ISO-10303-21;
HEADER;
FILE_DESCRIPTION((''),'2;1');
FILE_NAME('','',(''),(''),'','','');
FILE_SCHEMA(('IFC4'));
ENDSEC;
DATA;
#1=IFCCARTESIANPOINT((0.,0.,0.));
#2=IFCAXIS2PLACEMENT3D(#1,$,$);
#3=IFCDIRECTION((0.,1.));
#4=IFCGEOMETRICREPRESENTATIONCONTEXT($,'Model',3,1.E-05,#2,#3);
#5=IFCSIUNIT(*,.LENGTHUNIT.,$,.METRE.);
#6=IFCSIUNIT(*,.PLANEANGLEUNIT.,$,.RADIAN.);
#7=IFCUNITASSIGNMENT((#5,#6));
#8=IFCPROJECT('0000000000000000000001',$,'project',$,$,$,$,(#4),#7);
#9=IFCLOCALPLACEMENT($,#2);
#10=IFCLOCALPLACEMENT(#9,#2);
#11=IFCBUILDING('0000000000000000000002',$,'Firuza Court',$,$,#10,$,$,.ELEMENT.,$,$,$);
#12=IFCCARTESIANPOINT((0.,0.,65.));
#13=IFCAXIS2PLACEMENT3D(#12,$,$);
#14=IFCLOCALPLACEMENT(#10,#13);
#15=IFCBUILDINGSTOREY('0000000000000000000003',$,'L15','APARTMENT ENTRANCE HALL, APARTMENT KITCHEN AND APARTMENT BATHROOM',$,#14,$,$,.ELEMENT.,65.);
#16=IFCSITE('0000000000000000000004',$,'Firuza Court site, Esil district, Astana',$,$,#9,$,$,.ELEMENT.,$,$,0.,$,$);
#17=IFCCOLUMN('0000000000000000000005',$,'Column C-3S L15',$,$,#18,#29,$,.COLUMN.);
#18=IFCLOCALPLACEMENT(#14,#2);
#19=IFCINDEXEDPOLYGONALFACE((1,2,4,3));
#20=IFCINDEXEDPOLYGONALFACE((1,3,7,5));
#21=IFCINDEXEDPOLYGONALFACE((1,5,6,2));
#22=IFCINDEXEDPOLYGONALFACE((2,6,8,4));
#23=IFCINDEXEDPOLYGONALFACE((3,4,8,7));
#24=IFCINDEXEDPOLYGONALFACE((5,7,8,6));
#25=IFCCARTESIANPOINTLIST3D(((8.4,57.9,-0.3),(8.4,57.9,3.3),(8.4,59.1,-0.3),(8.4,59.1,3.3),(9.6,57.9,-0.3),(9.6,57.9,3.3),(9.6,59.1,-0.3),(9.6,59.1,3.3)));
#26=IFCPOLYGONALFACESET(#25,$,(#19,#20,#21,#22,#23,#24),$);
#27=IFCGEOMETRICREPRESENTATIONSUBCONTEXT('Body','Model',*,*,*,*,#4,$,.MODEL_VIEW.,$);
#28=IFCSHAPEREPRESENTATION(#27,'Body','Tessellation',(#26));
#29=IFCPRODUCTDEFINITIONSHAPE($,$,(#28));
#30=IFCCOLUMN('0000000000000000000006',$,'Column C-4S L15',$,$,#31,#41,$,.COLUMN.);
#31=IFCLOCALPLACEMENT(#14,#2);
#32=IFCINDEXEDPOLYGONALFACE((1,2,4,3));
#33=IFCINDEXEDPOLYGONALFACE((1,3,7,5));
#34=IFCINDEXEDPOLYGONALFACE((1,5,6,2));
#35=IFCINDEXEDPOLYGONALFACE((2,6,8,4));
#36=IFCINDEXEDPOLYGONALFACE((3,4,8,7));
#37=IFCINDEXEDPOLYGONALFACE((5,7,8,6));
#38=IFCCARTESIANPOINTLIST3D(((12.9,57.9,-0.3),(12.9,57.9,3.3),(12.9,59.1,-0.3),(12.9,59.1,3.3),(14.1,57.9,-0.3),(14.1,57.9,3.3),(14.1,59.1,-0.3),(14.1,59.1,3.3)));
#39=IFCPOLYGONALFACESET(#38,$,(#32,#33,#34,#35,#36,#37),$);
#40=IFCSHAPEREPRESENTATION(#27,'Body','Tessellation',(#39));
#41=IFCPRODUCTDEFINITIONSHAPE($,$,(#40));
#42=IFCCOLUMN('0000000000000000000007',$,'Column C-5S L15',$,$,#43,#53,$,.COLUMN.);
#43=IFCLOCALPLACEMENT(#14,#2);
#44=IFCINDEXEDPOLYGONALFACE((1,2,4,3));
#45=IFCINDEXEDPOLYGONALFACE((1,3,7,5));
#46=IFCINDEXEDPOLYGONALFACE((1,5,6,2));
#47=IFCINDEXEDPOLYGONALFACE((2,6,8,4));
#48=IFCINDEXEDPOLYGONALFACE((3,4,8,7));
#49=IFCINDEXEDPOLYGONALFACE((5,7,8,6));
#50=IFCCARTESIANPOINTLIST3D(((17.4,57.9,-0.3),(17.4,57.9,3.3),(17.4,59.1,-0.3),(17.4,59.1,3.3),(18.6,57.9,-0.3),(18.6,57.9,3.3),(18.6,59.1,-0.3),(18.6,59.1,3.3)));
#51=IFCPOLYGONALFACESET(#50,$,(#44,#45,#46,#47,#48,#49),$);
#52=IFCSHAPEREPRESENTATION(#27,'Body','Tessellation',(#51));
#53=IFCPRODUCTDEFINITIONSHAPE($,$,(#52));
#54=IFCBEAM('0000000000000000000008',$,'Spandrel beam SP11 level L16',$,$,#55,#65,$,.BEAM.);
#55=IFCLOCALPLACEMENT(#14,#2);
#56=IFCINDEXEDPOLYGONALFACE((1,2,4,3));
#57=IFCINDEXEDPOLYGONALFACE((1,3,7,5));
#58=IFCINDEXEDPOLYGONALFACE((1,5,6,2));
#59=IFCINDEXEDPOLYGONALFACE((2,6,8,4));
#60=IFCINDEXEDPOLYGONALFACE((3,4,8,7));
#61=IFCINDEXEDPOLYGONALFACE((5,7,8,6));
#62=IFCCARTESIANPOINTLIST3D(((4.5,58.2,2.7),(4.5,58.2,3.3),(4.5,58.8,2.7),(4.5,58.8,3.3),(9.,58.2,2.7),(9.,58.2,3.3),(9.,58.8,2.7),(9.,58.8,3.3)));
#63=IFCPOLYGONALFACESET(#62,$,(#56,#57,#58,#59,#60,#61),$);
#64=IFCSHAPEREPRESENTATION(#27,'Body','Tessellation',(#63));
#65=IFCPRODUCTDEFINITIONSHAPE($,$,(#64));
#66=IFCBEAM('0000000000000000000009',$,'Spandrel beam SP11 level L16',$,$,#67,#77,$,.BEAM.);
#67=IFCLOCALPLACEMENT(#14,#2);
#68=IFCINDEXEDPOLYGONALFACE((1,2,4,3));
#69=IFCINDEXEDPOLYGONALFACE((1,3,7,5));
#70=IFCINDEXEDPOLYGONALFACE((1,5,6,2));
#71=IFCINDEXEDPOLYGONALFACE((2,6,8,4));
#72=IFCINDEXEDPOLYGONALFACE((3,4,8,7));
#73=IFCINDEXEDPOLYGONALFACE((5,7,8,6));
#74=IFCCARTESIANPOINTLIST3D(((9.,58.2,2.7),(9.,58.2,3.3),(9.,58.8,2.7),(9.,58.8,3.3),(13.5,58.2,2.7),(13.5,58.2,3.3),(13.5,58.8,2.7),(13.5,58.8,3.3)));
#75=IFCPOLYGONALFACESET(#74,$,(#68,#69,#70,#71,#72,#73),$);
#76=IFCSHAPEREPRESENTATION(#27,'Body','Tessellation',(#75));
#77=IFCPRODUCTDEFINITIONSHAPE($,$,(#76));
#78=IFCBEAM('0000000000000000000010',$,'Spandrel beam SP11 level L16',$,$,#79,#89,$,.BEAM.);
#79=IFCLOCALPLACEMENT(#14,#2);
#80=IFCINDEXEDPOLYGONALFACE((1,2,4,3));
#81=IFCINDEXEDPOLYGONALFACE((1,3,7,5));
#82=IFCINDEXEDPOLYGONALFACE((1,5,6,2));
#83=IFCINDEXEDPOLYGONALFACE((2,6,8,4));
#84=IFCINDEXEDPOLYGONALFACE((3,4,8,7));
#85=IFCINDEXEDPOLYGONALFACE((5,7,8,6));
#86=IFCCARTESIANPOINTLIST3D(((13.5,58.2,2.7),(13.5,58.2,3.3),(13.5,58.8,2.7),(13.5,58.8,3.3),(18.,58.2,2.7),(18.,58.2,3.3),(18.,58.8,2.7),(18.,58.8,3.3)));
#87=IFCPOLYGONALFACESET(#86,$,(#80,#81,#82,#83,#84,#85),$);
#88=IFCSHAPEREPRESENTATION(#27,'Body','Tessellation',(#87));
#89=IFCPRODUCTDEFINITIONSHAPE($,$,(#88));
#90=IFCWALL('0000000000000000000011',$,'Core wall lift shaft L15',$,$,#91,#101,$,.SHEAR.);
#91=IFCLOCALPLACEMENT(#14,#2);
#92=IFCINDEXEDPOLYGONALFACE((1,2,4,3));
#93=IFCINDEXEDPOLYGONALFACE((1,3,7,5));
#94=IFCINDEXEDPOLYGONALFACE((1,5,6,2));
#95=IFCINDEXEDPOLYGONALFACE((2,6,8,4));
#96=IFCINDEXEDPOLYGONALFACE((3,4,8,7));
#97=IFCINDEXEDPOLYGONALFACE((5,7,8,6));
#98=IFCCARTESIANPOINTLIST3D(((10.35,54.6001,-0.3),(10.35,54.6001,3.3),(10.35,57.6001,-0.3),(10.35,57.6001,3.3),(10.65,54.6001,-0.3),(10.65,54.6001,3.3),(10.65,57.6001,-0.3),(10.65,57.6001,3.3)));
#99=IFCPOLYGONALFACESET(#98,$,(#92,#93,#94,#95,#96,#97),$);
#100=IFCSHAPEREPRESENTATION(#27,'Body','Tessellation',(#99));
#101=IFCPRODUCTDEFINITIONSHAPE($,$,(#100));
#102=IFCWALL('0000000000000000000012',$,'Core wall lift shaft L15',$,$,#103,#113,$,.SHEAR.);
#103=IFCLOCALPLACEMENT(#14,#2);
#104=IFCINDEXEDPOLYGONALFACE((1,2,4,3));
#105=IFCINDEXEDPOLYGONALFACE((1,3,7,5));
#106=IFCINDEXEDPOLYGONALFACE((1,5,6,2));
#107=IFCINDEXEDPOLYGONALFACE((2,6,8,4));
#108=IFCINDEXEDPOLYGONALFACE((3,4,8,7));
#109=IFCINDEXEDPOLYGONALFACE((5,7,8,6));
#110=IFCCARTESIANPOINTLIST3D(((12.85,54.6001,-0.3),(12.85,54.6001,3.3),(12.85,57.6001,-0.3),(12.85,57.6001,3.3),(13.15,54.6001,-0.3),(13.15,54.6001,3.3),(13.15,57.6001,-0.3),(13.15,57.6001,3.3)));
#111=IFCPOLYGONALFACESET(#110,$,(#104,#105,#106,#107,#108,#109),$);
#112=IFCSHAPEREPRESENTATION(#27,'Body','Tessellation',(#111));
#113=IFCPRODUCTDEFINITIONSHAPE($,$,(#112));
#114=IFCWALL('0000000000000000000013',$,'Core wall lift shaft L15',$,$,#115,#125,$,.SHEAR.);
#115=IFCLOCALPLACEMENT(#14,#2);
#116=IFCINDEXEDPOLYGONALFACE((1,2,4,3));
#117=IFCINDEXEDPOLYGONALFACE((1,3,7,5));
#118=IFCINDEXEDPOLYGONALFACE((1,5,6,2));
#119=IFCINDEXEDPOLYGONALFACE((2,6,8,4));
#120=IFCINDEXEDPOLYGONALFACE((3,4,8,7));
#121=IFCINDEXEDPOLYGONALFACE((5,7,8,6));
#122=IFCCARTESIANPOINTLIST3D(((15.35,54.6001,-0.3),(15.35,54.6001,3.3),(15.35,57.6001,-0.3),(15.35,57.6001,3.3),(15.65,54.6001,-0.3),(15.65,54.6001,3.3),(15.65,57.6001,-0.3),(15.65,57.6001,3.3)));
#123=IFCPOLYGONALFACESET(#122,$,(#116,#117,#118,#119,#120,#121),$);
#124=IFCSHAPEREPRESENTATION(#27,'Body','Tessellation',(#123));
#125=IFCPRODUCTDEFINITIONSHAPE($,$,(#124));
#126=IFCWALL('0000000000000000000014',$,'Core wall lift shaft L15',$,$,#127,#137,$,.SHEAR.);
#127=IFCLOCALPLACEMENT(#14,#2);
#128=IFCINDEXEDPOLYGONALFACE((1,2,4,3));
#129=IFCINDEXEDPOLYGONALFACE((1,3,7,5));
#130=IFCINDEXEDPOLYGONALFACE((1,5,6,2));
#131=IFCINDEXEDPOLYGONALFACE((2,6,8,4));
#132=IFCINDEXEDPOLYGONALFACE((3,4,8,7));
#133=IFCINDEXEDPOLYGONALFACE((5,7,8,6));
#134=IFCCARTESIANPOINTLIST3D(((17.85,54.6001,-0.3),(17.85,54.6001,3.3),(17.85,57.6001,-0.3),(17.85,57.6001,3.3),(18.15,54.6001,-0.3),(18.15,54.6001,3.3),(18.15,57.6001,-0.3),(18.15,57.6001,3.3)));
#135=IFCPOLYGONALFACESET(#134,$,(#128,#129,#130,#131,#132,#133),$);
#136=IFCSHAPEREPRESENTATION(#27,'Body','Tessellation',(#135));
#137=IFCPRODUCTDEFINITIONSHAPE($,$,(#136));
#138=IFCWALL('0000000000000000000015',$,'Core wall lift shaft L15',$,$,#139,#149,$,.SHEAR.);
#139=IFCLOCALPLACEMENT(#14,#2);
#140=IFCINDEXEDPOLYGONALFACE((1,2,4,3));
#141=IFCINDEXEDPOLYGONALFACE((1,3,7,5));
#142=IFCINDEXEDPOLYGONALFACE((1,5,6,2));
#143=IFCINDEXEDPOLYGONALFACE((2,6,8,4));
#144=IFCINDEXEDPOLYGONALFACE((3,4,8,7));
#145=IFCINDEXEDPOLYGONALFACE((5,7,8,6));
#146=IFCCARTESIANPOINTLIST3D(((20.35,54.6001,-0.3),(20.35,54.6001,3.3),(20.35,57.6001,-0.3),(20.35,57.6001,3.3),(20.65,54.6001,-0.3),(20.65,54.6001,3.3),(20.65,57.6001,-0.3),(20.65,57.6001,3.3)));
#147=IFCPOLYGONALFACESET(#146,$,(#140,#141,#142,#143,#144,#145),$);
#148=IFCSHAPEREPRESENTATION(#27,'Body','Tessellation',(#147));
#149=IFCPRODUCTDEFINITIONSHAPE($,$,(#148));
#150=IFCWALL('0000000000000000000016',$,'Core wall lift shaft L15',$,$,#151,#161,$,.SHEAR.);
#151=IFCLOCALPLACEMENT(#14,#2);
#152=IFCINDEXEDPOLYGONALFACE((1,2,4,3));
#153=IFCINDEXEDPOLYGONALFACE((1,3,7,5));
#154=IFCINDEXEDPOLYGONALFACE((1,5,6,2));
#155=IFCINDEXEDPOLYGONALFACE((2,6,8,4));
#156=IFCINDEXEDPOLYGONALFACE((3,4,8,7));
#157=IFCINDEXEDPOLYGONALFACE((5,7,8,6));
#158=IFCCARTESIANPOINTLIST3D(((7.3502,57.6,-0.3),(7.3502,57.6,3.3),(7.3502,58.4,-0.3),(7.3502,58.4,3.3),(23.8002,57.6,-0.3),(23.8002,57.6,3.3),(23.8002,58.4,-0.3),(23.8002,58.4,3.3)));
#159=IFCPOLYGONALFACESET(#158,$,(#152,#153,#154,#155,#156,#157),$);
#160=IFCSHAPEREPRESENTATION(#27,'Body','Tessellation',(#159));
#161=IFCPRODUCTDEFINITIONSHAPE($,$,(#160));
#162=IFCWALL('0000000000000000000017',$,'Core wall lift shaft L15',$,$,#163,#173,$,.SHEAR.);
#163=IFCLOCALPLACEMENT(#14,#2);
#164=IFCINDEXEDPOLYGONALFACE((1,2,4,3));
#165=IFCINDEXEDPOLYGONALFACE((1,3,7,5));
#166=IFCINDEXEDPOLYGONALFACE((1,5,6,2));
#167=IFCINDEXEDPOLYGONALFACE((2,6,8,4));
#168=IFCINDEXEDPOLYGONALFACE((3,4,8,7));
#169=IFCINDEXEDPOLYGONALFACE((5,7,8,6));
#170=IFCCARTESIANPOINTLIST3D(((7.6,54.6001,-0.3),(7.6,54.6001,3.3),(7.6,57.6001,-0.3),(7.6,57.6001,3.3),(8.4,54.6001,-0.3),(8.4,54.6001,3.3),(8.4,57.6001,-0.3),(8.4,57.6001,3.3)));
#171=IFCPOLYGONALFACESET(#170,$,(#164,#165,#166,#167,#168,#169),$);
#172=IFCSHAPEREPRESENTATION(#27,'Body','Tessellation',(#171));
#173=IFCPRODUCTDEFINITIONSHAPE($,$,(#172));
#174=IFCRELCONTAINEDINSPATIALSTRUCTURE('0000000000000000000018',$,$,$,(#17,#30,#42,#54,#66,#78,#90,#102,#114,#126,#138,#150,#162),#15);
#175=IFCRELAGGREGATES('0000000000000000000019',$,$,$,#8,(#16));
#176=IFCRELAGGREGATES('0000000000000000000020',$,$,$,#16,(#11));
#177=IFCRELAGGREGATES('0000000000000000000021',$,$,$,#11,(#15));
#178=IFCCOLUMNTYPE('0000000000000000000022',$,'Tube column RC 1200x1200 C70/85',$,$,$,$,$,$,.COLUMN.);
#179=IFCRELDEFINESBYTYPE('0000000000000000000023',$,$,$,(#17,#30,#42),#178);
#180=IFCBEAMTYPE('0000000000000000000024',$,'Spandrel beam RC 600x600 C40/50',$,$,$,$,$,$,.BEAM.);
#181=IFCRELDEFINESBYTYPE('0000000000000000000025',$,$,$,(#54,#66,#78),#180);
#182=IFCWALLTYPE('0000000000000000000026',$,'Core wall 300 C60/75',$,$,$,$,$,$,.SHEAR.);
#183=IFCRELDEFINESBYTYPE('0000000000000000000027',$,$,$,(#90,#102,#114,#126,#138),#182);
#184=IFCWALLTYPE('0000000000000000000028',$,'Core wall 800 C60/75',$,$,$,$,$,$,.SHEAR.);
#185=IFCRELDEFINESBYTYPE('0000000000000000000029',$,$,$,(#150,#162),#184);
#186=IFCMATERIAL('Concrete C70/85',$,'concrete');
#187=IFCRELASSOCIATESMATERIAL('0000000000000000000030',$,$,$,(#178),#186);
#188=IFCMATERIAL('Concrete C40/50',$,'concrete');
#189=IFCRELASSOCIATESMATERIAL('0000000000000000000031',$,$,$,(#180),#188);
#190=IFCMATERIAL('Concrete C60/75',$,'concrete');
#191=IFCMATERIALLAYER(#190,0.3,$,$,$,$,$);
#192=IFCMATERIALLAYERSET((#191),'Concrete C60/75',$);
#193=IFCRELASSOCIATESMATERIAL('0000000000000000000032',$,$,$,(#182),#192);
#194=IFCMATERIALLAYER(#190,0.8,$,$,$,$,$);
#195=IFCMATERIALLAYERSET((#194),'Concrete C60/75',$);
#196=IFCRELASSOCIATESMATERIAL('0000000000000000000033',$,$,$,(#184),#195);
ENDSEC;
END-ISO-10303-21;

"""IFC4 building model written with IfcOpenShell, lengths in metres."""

from ifc_helpers import new_model, si_unit, direction, frame, frame_2d, origin, origin_2d, place, context, subcontext, project, spatial, rectangle, extrude, material, layer, layer_set, material_profile, profile_set, type_object, element, save


model = new_model("IFC4")

# Units and contexts
model_context = context("Model", 3, precision=1e-05, world=origin(), true_north=direction((0.0, 1.0)))
body_context = subcontext(model_context, "Body", "Model", "MODEL_VIEW")
ifc_project = project(units=[si_unit("LENGTHUNIT", "METRE"), si_unit("PLANEANGLEUNIT", "RADIAN")], contexts=[model_context])

# Site, building, storey
site_placement = place(None, origin())
site = spatial("IfcSite", under=ifc_project, at=site_placement, Name="Firuza Court site, Esil district, Astana", CompositionType="ELEMENT", RefElevation=0.0)
building_placement = place(site_placement, origin())
building = spatial("IfcBuilding", under=site, at=building_placement, Name="Firuza Court", CompositionType="ELEMENT")
storey_placement = place(building_placement, frame((0.0, 0.0, 65.0)))
storey = spatial("IfcBuildingStorey", under=building, at=storey_placement, Name="L15", Description="APARTMENT ENTRANCE HALL, APARTMENT KITCHEN AND APARTMENT BATHROOM", CompositionType="ELEMENT", Elevation=65.0)

# Columns
ifc_material_1 = material(Name="Concrete C70/85", Category="concrete")
ifc_material_profile_1 = material_profile(ifc_material_1, rectangle(XDim=1.2, YDim=1.2, at=origin_2d()), Name="RC 1200x1200")
ifc_profile_set_1 = profile_set([ifc_material_profile_1], Name="Concrete C70/85")
column_type = type_object("IfcColumnType", Name="Tube column RC 1200x1200 C70/85", PredefinedType="COLUMN", material=ifc_profile_set_1)
for number, where, z_axis, x_axis, name in (
    (1, (9.0, 58.5, -0.3), (0.0, 0.0, 1.0), (1.0, 0.0, 0.0), "Column C-3S L15"),
    (2, (13.5, 58.5, -0.3), (0.0, 0.0, 1.0), (1.0, 0.0, 0.0), "Column C-4S L15"),
    (3, (18.0, 58.5, -0.3), (0.0, 0.0, 1.0), (1.0, 0.0, 0.0), "Column C-5S L15"),
):
    element("IfcColumn", number, at=place(storey_placement, frame(where, z_axis=z_axis, x_axis=x_axis)), inside=storey, type_object=column_type, Name=name, PredefinedType="COLUMN", context=body_context, shape_type="SweptSolid", body=[
        extrude(rectangle(XDim=1.2, YDim=1.2, at=origin_2d()), origin(), (0.0, 0.0, 1.0), 3.6001),
    ])

# Beams
ifc_material_2 = material(Name="Concrete C40/50", Category="concrete")
ifc_material_profile_2 = material_profile(ifc_material_2, rectangle(XDim=0.6001, YDim=0.6001, at=origin_2d()), Name="RC 600x600")
ifc_profile_set_2 = profile_set([ifc_material_profile_2], Name="Concrete C40/50")
beam_type = type_object("IfcBeamType", Name="Spandrel beam RC 600x600 C40/50", PredefinedType="BEAM", material=ifc_profile_set_2)
for number, where, z_axis, x_axis, name in (
    (4, (9.0, 58.5, 3.0), (-1.0, 0.0, 0.0), (0.0, -1.0, 0.0), "Spandrel beam SP11 level L16"),
    (5, (13.5, 58.5, 3.0), (-1.0, 0.0, 0.0), (0.0, -1.0, 0.0), "Spandrel beam SP11 level L16"),
    (6, (18.0, 58.5, 3.0), (-1.0, 0.0, 0.0), (0.0, -1.0, 0.0), "Spandrel beam SP11 level L16"),
):
    element("IfcBeam", number, at=place(storey_placement, frame(where, z_axis=z_axis, x_axis=x_axis)), inside=storey, type_object=beam_type, Name=name, PredefinedType="BEAM", context=body_context, shape_type="SweptSolid", body=[
        extrude(rectangle(XDim=0.6001, YDim=0.6001, at=origin_2d()), origin(), (0.0, 0.0, 1.0), 4.5),
    ])

# Walls
ifc_material_3 = material(Name="Concrete C60/75", Category="concrete")
ifc_layer_1 = layer(ifc_material_3, 0.3)
ifc_layer_set_1 = layer_set([ifc_layer_1], Name="Concrete C60/75")
wall_type_1 = type_object("IfcWallType", Name="Core wall 300 C60/75", PredefinedType="SHEAR", material=ifc_layer_set_1)
for number, where, z_axis, x_axis, name in (
    (7, (10.5, 54.6001, -0.3), (0.0, 0.0, 1.0), (0.0, 1.0, 0.0), "Core wall lift shaft L15"),
    (8, (13.0, 54.6001, -0.3), (0.0, 0.0, 1.0), (0.0, 1.0, 0.0), "Core wall lift shaft L15"),
    (9, (15.5, 54.6001, -0.3), (0.0, 0.0, 1.0), (0.0, 1.0, 0.0), "Core wall lift shaft L15"),
    (10, (18.0, 54.6001, -0.3), (0.0, 0.0, 1.0), (0.0, 1.0, 0.0), "Core wall lift shaft L15"),
    (11, (20.5, 54.6001, -0.3), (0.0, 0.0, 1.0), (0.0, 1.0, 0.0), "Core wall lift shaft L15"),
):
    element("IfcWall", number, at=place(storey_placement, frame(where, z_axis=z_axis, x_axis=x_axis)), inside=storey, type_object=wall_type_1, Name=name, PredefinedType="SHEAR", context=body_context, shape_type="SweptSolid", body=[
        extrude(rectangle(XDim=3.0, YDim=0.3, at=frame_2d((1.5, 0.0))), origin(), (0.0, 0.0, 1.0), 3.6001),
    ])
ifc_layer_2 = layer(ifc_material_3, 0.8)
ifc_layer_set_2 = layer_set([ifc_layer_2], Name="Concrete C60/75")
wall_type_2 = type_object("IfcWallType", Name="Core wall 800 C60/75", PredefinedType="SHEAR", material=ifc_layer_set_2)
wall_1_placement = place(storey_placement, frame((7.3501, 58.0, -0.3), z_axis=(0.0, 0.0, 1.0), x_axis=(1.0, 0.0, 0.0)))
element("IfcWall", 12, at=wall_1_placement, inside=storey, type_object=wall_type_2, Name="Core wall lift shaft L15", PredefinedType="SHEAR", context=body_context, shape_type="SweptSolid", body=[
    extrude(rectangle(XDim=16.45, YDim=0.8, at=frame_2d((8.2251, 0.0))), origin(), (0.0, 0.0, 1.0), 3.6001),
])
wall_2_placement = place(storey_placement, frame((8.0, 54.6001, -0.3), z_axis=(0.0, 0.0, 1.0), x_axis=(0.0, 1.0, 0.0)))
element("IfcWall", 13, at=wall_2_placement, inside=storey, type_object=wall_type_2, Name="Core wall lift shaft L15", PredefinedType="SHEAR", context=body_context, shape_type="SweptSolid", body=[
    extrude(rectangle(XDim=3.0, YDim=0.8, at=frame_2d((1.5, 0.0))), origin(), (0.0, 0.0, 1.0), 3.6001),
])

save(model, "model.ifc")
